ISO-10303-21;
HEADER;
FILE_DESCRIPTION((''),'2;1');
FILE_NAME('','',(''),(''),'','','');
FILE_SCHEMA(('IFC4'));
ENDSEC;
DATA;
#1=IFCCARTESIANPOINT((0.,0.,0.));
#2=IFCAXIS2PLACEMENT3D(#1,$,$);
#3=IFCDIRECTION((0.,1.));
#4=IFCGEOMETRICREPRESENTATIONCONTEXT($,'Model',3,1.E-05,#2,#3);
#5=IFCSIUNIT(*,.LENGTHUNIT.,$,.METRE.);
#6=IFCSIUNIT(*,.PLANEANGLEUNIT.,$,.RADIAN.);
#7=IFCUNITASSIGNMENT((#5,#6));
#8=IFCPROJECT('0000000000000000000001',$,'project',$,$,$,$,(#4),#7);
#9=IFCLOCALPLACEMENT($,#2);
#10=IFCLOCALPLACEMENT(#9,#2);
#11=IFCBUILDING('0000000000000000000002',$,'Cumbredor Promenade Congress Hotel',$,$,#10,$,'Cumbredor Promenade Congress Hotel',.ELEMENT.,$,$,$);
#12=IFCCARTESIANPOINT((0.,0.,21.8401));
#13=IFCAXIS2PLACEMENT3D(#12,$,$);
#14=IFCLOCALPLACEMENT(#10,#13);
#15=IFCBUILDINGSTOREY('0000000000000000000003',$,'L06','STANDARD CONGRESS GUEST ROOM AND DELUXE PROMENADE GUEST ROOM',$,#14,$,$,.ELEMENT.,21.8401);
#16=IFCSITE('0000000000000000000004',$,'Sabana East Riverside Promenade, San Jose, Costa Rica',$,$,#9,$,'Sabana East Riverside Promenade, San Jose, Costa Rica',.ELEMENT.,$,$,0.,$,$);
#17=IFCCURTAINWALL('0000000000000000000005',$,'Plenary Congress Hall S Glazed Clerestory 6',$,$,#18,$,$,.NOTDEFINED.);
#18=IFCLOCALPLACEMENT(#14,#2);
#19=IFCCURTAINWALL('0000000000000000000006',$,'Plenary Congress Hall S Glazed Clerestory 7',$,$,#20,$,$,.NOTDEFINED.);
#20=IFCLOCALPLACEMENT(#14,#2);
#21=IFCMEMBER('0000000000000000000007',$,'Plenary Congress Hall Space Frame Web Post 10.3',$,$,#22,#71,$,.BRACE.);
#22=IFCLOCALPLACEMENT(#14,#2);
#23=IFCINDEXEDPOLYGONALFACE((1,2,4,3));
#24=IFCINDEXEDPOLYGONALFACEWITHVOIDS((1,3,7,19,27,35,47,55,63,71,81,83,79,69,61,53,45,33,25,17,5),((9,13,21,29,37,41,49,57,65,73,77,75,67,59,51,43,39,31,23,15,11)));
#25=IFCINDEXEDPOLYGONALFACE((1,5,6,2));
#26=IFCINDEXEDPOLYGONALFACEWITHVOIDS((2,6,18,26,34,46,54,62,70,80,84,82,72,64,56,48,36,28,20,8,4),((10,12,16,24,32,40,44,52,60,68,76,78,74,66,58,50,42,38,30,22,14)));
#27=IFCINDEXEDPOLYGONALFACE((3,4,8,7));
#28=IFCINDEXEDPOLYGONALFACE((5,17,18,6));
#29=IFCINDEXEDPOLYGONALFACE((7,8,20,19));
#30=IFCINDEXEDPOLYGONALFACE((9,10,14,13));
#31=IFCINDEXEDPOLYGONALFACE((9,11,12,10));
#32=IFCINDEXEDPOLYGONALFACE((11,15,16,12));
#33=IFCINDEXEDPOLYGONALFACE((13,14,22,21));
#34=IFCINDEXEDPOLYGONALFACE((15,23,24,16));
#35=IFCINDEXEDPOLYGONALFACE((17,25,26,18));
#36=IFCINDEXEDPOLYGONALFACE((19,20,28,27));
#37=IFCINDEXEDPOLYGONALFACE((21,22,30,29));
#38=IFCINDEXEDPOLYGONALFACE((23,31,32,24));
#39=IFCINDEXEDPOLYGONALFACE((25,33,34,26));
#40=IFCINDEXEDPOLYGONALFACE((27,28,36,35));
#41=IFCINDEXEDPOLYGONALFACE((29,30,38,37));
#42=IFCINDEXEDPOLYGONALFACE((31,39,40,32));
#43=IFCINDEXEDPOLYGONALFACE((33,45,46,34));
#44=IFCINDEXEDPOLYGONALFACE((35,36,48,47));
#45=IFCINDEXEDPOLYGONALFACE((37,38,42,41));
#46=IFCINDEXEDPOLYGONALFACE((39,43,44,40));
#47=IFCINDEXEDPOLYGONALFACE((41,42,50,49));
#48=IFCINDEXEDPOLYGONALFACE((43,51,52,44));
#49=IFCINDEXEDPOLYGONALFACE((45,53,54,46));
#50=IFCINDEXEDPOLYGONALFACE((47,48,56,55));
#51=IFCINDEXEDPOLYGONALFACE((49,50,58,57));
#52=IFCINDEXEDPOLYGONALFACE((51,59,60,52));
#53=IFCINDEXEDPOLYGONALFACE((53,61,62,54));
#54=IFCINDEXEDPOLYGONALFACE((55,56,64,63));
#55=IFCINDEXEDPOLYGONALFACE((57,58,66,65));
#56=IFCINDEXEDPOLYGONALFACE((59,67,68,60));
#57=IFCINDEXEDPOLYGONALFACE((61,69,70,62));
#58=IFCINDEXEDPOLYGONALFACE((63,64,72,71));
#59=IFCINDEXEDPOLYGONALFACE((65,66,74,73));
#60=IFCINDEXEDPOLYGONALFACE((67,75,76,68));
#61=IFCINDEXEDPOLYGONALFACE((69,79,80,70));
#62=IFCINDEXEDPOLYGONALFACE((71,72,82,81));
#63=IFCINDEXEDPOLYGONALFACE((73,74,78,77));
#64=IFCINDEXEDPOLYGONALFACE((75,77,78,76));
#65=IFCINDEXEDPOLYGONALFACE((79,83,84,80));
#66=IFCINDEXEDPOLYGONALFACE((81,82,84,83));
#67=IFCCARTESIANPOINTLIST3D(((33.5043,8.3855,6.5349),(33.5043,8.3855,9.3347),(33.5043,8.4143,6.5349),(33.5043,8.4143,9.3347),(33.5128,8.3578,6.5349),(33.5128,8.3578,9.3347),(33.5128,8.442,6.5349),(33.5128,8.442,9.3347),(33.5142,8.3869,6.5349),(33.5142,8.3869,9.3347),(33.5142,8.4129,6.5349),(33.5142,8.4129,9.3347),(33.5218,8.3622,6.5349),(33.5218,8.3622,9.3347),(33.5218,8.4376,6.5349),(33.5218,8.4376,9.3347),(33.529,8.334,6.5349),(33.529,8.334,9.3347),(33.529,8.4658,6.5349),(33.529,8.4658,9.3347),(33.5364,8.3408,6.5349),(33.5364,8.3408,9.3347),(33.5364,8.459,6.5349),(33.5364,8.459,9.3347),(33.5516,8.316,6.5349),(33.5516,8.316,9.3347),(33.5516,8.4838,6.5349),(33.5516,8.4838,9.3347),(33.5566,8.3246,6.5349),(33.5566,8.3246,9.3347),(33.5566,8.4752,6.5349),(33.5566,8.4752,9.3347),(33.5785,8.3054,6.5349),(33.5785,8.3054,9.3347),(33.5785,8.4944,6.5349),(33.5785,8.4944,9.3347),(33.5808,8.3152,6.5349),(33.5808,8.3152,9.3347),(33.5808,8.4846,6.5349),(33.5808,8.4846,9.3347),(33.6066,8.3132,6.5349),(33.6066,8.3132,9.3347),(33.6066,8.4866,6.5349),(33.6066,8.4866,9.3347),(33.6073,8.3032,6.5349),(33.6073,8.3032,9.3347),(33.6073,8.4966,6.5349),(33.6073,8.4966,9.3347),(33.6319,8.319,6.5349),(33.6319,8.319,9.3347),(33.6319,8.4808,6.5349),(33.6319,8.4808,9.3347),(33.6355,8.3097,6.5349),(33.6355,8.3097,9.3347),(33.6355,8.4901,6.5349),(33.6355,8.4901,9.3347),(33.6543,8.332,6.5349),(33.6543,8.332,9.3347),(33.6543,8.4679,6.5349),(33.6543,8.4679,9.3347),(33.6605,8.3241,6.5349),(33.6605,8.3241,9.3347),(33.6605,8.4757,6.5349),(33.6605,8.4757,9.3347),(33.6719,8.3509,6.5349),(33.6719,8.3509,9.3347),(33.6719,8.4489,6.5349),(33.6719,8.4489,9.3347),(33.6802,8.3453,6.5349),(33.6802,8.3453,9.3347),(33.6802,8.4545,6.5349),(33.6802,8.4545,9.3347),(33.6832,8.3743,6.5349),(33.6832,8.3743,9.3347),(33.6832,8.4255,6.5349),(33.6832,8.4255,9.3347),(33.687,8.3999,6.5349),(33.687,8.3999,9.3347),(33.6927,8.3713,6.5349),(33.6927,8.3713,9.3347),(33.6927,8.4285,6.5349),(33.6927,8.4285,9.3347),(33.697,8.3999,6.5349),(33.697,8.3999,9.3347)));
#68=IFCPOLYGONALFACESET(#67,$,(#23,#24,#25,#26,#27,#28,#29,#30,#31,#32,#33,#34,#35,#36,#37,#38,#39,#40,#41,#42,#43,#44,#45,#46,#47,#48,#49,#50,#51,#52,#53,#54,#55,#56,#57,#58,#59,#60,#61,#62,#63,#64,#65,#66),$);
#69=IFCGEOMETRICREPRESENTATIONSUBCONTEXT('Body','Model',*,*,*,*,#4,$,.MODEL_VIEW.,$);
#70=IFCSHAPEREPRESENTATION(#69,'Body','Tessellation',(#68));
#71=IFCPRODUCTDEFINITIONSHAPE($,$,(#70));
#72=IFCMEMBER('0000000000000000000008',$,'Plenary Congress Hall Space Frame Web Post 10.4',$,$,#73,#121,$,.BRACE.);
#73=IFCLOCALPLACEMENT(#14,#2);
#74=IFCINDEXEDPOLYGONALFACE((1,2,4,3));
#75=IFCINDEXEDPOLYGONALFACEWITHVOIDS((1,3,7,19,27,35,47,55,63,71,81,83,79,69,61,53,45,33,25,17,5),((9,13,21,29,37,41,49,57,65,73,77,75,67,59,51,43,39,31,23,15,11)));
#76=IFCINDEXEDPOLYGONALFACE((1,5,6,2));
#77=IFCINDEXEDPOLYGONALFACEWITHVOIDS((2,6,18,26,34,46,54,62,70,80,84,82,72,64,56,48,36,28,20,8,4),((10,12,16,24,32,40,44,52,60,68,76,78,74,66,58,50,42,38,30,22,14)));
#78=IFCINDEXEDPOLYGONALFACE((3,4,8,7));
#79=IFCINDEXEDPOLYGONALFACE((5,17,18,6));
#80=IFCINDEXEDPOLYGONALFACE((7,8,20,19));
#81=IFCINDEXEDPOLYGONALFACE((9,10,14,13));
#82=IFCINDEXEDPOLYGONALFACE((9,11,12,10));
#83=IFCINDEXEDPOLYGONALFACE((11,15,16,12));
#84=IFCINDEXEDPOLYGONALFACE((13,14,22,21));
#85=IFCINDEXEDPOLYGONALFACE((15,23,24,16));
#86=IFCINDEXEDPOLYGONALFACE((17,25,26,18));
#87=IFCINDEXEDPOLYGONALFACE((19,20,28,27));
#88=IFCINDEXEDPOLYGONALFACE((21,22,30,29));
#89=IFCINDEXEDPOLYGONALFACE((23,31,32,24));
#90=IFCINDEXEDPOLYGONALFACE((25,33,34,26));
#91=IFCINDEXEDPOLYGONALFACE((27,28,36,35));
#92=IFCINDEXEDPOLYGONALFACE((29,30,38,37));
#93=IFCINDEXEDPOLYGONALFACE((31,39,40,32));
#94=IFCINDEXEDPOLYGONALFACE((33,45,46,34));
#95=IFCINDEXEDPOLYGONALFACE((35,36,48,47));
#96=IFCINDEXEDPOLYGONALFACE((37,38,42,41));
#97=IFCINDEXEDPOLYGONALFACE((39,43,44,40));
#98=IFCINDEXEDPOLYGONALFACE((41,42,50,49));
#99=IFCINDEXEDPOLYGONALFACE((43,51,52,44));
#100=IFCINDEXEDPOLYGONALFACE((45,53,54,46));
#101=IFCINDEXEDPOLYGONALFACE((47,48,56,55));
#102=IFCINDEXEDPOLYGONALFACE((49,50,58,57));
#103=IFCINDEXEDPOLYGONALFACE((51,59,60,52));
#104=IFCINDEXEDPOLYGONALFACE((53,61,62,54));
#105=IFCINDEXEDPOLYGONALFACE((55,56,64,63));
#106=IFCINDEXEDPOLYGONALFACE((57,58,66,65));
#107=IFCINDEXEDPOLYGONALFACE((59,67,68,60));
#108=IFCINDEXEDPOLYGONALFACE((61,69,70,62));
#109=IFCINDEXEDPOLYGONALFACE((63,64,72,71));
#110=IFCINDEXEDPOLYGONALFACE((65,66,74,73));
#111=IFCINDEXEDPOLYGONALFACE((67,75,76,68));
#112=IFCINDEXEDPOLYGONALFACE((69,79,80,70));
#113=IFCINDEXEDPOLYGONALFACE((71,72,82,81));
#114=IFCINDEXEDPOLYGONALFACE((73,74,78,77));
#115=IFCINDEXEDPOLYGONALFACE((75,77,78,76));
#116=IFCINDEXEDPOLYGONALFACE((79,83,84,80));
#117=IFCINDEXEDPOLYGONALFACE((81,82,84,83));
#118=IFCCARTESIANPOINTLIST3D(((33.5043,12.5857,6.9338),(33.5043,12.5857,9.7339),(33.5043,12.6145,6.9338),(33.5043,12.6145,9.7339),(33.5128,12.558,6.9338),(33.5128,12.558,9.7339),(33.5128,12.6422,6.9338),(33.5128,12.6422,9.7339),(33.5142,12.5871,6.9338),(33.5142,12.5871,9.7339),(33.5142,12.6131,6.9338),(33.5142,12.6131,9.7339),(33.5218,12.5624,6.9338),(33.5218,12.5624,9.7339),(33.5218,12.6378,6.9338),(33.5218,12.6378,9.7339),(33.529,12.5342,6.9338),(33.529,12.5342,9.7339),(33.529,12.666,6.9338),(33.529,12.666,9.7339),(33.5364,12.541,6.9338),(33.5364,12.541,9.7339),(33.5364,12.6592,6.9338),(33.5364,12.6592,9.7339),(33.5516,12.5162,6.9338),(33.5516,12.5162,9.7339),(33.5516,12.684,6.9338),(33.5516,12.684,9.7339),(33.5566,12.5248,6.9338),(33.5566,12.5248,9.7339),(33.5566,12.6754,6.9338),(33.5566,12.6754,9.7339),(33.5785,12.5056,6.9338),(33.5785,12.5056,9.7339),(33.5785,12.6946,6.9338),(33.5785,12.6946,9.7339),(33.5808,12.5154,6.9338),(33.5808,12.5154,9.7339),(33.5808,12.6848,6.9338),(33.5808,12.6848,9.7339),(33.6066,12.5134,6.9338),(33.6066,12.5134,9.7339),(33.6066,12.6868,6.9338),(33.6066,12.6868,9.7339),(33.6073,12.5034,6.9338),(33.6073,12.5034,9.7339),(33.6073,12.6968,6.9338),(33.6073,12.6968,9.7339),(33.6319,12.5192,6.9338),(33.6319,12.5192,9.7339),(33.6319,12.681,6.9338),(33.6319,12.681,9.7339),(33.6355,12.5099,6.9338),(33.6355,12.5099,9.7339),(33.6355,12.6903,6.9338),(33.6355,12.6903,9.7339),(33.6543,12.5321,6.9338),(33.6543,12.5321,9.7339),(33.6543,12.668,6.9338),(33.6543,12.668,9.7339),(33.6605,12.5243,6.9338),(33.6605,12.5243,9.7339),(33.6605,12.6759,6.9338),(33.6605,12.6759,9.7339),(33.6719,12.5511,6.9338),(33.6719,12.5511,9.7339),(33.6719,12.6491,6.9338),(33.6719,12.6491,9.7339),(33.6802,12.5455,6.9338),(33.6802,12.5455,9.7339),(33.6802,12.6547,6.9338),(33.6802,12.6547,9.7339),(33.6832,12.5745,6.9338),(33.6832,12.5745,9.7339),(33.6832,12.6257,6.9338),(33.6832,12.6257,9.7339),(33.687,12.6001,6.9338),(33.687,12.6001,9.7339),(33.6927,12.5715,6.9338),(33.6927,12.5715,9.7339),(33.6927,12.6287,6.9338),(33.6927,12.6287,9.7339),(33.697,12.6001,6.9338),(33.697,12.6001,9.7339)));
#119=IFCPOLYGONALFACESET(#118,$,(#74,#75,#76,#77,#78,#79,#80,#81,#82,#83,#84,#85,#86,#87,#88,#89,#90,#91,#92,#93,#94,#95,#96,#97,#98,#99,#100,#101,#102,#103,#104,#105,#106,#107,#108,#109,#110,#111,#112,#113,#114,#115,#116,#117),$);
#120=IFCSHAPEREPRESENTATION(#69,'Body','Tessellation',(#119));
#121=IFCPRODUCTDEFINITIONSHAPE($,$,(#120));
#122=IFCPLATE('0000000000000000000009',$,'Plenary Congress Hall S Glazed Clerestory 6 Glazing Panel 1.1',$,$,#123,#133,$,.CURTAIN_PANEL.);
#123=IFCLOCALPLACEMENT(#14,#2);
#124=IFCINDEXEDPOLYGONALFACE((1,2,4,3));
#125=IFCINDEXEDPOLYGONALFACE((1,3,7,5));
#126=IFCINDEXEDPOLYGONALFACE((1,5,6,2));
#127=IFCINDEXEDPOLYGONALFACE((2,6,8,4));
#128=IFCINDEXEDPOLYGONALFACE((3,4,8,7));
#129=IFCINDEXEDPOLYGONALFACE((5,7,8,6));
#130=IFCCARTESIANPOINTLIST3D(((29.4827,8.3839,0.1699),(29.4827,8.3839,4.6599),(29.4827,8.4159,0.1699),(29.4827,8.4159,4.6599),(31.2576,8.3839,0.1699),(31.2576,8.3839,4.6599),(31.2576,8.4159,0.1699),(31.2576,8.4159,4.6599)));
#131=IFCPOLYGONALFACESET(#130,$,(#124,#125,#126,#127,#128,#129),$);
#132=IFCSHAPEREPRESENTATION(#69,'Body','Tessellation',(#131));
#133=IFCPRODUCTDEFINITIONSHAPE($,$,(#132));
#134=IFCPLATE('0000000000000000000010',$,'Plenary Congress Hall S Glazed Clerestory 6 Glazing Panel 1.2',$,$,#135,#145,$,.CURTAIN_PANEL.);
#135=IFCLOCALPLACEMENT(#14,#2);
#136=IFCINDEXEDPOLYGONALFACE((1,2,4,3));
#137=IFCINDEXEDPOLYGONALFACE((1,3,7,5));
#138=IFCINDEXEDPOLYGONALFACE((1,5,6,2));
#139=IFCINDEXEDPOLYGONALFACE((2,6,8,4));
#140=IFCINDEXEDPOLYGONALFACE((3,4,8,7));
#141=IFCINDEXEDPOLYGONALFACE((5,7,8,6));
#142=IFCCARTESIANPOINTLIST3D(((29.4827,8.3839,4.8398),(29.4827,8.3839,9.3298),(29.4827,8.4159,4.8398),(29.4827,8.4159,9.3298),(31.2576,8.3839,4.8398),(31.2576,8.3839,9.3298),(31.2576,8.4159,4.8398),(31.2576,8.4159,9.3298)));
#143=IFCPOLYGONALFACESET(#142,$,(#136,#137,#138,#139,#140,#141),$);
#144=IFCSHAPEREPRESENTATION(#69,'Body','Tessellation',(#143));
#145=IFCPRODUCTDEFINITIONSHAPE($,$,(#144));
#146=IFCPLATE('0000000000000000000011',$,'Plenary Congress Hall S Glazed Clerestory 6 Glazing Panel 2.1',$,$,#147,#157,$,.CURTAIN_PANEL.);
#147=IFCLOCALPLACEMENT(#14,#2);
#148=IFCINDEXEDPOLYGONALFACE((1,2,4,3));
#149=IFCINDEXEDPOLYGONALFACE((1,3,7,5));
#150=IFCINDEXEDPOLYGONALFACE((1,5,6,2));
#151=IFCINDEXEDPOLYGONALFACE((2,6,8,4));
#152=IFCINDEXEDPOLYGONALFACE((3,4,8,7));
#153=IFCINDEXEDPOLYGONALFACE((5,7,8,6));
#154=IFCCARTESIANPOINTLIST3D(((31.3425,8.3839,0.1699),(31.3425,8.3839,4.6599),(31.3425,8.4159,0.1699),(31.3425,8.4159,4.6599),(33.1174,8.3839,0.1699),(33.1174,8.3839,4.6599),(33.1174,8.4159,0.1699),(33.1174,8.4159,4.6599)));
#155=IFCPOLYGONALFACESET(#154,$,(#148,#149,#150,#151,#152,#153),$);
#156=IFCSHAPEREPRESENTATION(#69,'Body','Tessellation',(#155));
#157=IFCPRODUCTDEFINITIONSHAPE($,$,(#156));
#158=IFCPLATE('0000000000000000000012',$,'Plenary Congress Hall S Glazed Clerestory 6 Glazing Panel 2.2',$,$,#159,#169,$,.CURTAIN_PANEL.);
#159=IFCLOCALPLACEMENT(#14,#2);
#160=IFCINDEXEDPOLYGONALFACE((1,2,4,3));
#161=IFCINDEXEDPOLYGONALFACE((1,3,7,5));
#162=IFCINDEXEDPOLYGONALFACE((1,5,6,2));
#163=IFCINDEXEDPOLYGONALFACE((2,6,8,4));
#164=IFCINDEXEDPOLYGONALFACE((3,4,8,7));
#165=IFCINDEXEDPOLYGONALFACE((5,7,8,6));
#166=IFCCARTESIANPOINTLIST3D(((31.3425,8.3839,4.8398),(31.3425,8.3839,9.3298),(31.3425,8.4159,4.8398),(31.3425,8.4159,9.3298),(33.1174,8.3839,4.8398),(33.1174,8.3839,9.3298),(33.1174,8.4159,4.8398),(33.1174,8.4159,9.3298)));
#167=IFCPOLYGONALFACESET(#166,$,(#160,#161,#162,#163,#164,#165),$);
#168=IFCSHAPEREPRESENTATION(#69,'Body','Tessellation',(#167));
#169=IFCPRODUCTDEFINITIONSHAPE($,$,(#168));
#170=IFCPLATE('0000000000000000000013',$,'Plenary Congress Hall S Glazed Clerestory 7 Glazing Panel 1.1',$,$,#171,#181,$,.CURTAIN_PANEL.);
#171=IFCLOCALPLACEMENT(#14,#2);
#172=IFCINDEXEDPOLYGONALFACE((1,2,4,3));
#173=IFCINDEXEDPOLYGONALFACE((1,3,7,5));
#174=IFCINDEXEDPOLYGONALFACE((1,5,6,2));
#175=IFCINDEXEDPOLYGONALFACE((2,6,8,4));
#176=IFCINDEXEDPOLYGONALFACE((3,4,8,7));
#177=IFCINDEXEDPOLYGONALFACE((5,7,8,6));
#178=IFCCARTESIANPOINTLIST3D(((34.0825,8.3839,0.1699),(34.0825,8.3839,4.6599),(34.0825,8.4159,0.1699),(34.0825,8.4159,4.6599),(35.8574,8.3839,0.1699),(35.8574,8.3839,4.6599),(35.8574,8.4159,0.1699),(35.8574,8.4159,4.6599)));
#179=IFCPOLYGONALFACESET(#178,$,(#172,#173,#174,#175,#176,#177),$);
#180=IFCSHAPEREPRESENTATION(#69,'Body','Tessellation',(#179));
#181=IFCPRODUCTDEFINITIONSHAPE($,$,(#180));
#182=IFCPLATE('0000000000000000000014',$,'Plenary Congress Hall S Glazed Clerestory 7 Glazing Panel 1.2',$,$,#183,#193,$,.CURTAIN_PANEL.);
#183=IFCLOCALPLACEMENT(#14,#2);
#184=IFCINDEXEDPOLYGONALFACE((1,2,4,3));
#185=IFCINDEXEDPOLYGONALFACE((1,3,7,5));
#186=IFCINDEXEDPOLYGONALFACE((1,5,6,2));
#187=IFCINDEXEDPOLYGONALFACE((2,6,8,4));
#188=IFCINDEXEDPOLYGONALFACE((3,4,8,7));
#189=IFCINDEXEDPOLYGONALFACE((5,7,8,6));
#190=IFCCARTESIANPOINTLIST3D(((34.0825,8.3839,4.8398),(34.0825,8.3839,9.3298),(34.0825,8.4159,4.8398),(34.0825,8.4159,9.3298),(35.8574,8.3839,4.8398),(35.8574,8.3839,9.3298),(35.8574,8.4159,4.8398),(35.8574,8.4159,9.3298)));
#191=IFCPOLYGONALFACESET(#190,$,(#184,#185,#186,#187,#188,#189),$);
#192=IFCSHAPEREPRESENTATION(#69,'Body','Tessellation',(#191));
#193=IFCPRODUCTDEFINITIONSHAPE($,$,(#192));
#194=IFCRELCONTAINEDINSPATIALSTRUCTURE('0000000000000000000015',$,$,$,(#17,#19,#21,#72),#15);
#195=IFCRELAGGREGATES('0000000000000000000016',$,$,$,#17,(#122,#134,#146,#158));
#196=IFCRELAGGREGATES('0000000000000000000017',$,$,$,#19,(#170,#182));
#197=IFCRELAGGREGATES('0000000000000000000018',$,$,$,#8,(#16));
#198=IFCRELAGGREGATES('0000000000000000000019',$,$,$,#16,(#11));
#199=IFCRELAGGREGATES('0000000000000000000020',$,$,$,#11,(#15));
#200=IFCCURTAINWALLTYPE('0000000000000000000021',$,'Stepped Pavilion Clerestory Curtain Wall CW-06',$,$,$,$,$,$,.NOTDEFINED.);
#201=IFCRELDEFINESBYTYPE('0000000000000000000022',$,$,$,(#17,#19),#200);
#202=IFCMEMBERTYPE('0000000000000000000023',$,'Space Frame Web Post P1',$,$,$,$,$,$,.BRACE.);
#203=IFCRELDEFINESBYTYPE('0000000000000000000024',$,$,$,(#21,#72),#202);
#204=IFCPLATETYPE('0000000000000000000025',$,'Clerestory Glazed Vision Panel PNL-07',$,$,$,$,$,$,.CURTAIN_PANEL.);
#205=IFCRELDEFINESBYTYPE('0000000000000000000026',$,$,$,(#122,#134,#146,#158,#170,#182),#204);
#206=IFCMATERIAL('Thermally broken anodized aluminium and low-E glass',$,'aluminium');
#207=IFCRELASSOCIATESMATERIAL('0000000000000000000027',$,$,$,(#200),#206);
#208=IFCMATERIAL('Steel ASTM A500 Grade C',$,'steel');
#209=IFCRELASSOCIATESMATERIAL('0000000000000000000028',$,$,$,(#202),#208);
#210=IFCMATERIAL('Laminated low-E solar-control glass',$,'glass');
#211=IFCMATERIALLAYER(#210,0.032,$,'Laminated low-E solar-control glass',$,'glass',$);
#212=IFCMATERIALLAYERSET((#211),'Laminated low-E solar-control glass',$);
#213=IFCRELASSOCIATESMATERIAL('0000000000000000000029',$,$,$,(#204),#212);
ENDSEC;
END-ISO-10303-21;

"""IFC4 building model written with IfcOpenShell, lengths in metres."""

from ifc_helpers import new_model, si_unit, direction, frame, origin, origin_2d, place, context, subcontext, project, spatial, rectangle, hollow_circle, extrude, material, layer, layer_set, material_profile, profile_set, type_object, element, aggregate, save


model = new_model("IFC4")

# Units and contexts
model_context = context("Model", 3, precision=1e-05, world=origin(), true_north=direction((0.0, 1.0)))
body_context = subcontext(model_context, "Body", "Model", "MODEL_VIEW")
ifc_project = project(units=[si_unit("LENGTHUNIT", "METRE"), si_unit("PLANEANGLEUNIT", "RADIAN")], contexts=[model_context])

# Site, building, storey
site_placement = place(None, origin())
site = spatial("IfcSite", under=ifc_project, at=site_placement, Name="Sabana East Riverside Promenade, San Jose, Costa Rica", LongName="Sabana East Riverside Promenade, San Jose, Costa Rica", CompositionType="ELEMENT", RefElevation=0.0)
building_placement = place(site_placement, origin())
building = spatial("IfcBuilding", under=site, at=building_placement, Name="Cumbredor Promenade Congress Hotel", LongName="Cumbredor Promenade Congress Hotel", CompositionType="ELEMENT")
storey_placement = place(building_placement, frame((0.0, 0.0, 21.8401)))
storey = spatial("IfcBuildingStorey", under=building, at=storey_placement, Name="L06", Description="STANDARD CONGRESS GUEST ROOM AND DELUXE PROMENADE GUEST ROOM", CompositionType="ELEMENT", Elevation=21.8401)

# Curtain wall
ifc_material_1 = material(Name="Thermally broken anodized aluminium and low-E glass", Category="aluminium")
curtain_wall_type = type_object("IfcCurtainWallType", Name="Stepped Pavilion Clerestory Curtain Wall CW-06", PredefinedType="NOTDEFINED", material=ifc_material_1)
curtain_wall_1_placement = place(storey_placement, origin())
curtain_wall_1 = element("IfcCurtainWall", 1, at=curtain_wall_1_placement, inside=storey, type_object=curtain_wall_type, Name="Plenary Congress Hall S Glazed Clerestory 6", PredefinedType="NOTDEFINED")

# Curtain wall
curtain_wall_2_placement = place(storey_placement, origin())
curtain_wall_2 = element("IfcCurtainWall", 2, at=curtain_wall_2_placement, inside=storey, type_object=curtain_wall_type, Name="Plenary Congress Hall S Glazed Clerestory 7", PredefinedType="NOTDEFINED")

# Members
ifc_material_2 = material(Name="Steel ASTM A500 Grade C", Category="steel")
ifc_material_profile_1 = material_profile(ifc_material_2, hollow_circle(Radius=0.0969, WallThickness=0.01, at=origin_2d()), Name="CHS 193.7x10")
ifc_profile_set_1 = profile_set([ifc_material_profile_1], Name="Steel ASTM A500 Grade C")
member_type_1 = type_object("IfcMemberType", Name="Space Frame Web Post P1", PredefinedType="BRACE", material=ifc_profile_set_1)
member_1_placement = place(storey_placement, frame((33.6001, 8.3999, 6.5349), z_axis=(0.0, 0.0, 1.0), x_axis=(1.0, 0.0, 0.0)))
element("IfcMember", 3, at=member_1_placement, inside=storey, type_object=member_type_1, Name="Plenary Congress Hall Space Frame Web Post 10.3", PredefinedType="BRACE", context=body_context, shape_type="SweptSolid", body=[
    extrude(hollow_circle(Radius=0.0969, WallThickness=0.01, at=origin_2d()), origin(), (0.0, 0.0, 1.0), 2.7998),
])
member_2_placement = place(storey_placement, frame((33.6001, 12.6001, 6.9338), z_axis=(0.0, 0.0, 1.0), x_axis=(1.0, 0.0, 0.0)))
element("IfcMember", 4, at=member_2_placement, inside=storey, type_object=member_type_1, Name="Plenary Congress Hall Space Frame Web Post 10.4", PredefinedType="BRACE", context=body_context, shape_type="SweptSolid", body=[
    extrude(hollow_circle(Radius=0.0969, WallThickness=0.01, at=origin_2d()), origin(), (0.0, 0.0, 1.0), 2.8),
])

# Plates
ifc_material_3 = material(Name="Laminated low-E solar-control glass", Category="glass")
ifc_layer_1 = layer(ifc_material_3, 0.032, Name="Laminated low-E solar-control glass", Category="glass")
ifc_layer_set_1 = layer_set([ifc_layer_1], Name="Laminated low-E solar-control glass")
plate_type_1 = type_object("IfcPlateType", Name="Clerestory Glazed Vision Panel PNL-07", PredefinedType="CURTAIN_PANEL", material=ifc_layer_set_1)
plate_1_placement = place(storey_placement, frame((30.3701, 8.3999, 0.1699), z_axis=(0.0, 0.0, 1.0), x_axis=(1.0, 0.0, 0.0)))
plate_1 = element("IfcPlate", 5, at=plate_1_placement, type_object=plate_type_1, Name="Plenary Congress Hall S Glazed Clerestory 6 Glazing Panel 1.1", PredefinedType="CURTAIN_PANEL", context=body_context, shape_type="SweptSolid", body=[
    extrude(rectangle(XDim=1.7749, YDim=0.032, at=origin_2d()), origin(), (0.0, 0.0, 1.0), 4.49),
])
plate_2_placement = place(storey_placement, frame((30.3701, 8.3999, 4.8398), z_axis=(0.0, 0.0, 1.0), x_axis=(1.0, 0.0, 0.0)))
plate_2 = element("IfcPlate", 6, at=plate_2_placement, type_object=plate_type_1, Name="Plenary Congress Hall S Glazed Clerestory 6 Glazing Panel 1.2", PredefinedType="CURTAIN_PANEL", context=body_context, shape_type="SweptSolid", body=[
    extrude(rectangle(XDim=1.7749, YDim=0.032, at=origin_2d()), origin(), (0.0, 0.0, 1.0), 4.49),
])
plate_3_placement = place(storey_placement, frame((32.23, 8.3999, 0.1699), z_axis=(0.0, 0.0, 1.0), x_axis=(1.0, 0.0, 0.0)))
plate_3 = element("IfcPlate", 7, at=plate_3_placement, type_object=plate_type_1, Name="Plenary Congress Hall S Glazed Clerestory 6 Glazing Panel 2.1", PredefinedType="CURTAIN_PANEL", context=body_context, shape_type="SweptSolid", body=[
    extrude(rectangle(XDim=1.7749, YDim=0.032, at=origin_2d()), origin(), (0.0, 0.0, 1.0), 4.49),
])
plate_4_placement = place(storey_placement, frame((32.23, 8.3999, 4.8398), z_axis=(0.0, 0.0, 1.0), x_axis=(1.0, 0.0, 0.0)))
plate_4 = element("IfcPlate", 8, at=plate_4_placement, type_object=plate_type_1, Name="Plenary Congress Hall S Glazed Clerestory 6 Glazing Panel 2.2", PredefinedType="CURTAIN_PANEL", context=body_context, shape_type="SweptSolid", body=[
    extrude(rectangle(XDim=1.7749, YDim=0.032, at=origin_2d()), origin(), (0.0, 0.0, 1.0), 4.49),
])
aggregate(curtain_wall_1, [plate_1, plate_2, plate_3, plate_4])
plate_5_placement = place(storey_placement, frame((34.97, 8.3999, 0.1699), z_axis=(0.0, 0.0, 1.0), x_axis=(1.0, 0.0, 0.0)))
plate_5 = element("IfcPlate", 9, at=plate_5_placement, type_object=plate_type_1, Name="Plenary Congress Hall S Glazed Clerestory 7 Glazing Panel 1.1", PredefinedType="CURTAIN_PANEL", context=body_context, shape_type="SweptSolid", body=[
    extrude(rectangle(XDim=1.7749, YDim=0.032, at=origin_2d()), origin(), (0.0, 0.0, 1.0), 4.49),
])
plate_6_placement = place(storey_placement, frame((34.97, 8.3999, 4.8398), z_axis=(0.0, 0.0, 1.0), x_axis=(1.0, 0.0, 0.0)))
plate_6 = element("IfcPlate", 10, at=plate_6_placement, type_object=plate_type_1, Name="Plenary Congress Hall S Glazed Clerestory 7 Glazing Panel 1.2", PredefinedType="CURTAIN_PANEL", context=body_context, shape_type="SweptSolid", body=[
    extrude(rectangle(XDim=1.7749, YDim=0.032, at=origin_2d()), origin(), (0.0, 0.0, 1.0), 4.49),
])
aggregate(curtain_wall_2, [plate_5, plate_6])

save(model, "model.ifc")
